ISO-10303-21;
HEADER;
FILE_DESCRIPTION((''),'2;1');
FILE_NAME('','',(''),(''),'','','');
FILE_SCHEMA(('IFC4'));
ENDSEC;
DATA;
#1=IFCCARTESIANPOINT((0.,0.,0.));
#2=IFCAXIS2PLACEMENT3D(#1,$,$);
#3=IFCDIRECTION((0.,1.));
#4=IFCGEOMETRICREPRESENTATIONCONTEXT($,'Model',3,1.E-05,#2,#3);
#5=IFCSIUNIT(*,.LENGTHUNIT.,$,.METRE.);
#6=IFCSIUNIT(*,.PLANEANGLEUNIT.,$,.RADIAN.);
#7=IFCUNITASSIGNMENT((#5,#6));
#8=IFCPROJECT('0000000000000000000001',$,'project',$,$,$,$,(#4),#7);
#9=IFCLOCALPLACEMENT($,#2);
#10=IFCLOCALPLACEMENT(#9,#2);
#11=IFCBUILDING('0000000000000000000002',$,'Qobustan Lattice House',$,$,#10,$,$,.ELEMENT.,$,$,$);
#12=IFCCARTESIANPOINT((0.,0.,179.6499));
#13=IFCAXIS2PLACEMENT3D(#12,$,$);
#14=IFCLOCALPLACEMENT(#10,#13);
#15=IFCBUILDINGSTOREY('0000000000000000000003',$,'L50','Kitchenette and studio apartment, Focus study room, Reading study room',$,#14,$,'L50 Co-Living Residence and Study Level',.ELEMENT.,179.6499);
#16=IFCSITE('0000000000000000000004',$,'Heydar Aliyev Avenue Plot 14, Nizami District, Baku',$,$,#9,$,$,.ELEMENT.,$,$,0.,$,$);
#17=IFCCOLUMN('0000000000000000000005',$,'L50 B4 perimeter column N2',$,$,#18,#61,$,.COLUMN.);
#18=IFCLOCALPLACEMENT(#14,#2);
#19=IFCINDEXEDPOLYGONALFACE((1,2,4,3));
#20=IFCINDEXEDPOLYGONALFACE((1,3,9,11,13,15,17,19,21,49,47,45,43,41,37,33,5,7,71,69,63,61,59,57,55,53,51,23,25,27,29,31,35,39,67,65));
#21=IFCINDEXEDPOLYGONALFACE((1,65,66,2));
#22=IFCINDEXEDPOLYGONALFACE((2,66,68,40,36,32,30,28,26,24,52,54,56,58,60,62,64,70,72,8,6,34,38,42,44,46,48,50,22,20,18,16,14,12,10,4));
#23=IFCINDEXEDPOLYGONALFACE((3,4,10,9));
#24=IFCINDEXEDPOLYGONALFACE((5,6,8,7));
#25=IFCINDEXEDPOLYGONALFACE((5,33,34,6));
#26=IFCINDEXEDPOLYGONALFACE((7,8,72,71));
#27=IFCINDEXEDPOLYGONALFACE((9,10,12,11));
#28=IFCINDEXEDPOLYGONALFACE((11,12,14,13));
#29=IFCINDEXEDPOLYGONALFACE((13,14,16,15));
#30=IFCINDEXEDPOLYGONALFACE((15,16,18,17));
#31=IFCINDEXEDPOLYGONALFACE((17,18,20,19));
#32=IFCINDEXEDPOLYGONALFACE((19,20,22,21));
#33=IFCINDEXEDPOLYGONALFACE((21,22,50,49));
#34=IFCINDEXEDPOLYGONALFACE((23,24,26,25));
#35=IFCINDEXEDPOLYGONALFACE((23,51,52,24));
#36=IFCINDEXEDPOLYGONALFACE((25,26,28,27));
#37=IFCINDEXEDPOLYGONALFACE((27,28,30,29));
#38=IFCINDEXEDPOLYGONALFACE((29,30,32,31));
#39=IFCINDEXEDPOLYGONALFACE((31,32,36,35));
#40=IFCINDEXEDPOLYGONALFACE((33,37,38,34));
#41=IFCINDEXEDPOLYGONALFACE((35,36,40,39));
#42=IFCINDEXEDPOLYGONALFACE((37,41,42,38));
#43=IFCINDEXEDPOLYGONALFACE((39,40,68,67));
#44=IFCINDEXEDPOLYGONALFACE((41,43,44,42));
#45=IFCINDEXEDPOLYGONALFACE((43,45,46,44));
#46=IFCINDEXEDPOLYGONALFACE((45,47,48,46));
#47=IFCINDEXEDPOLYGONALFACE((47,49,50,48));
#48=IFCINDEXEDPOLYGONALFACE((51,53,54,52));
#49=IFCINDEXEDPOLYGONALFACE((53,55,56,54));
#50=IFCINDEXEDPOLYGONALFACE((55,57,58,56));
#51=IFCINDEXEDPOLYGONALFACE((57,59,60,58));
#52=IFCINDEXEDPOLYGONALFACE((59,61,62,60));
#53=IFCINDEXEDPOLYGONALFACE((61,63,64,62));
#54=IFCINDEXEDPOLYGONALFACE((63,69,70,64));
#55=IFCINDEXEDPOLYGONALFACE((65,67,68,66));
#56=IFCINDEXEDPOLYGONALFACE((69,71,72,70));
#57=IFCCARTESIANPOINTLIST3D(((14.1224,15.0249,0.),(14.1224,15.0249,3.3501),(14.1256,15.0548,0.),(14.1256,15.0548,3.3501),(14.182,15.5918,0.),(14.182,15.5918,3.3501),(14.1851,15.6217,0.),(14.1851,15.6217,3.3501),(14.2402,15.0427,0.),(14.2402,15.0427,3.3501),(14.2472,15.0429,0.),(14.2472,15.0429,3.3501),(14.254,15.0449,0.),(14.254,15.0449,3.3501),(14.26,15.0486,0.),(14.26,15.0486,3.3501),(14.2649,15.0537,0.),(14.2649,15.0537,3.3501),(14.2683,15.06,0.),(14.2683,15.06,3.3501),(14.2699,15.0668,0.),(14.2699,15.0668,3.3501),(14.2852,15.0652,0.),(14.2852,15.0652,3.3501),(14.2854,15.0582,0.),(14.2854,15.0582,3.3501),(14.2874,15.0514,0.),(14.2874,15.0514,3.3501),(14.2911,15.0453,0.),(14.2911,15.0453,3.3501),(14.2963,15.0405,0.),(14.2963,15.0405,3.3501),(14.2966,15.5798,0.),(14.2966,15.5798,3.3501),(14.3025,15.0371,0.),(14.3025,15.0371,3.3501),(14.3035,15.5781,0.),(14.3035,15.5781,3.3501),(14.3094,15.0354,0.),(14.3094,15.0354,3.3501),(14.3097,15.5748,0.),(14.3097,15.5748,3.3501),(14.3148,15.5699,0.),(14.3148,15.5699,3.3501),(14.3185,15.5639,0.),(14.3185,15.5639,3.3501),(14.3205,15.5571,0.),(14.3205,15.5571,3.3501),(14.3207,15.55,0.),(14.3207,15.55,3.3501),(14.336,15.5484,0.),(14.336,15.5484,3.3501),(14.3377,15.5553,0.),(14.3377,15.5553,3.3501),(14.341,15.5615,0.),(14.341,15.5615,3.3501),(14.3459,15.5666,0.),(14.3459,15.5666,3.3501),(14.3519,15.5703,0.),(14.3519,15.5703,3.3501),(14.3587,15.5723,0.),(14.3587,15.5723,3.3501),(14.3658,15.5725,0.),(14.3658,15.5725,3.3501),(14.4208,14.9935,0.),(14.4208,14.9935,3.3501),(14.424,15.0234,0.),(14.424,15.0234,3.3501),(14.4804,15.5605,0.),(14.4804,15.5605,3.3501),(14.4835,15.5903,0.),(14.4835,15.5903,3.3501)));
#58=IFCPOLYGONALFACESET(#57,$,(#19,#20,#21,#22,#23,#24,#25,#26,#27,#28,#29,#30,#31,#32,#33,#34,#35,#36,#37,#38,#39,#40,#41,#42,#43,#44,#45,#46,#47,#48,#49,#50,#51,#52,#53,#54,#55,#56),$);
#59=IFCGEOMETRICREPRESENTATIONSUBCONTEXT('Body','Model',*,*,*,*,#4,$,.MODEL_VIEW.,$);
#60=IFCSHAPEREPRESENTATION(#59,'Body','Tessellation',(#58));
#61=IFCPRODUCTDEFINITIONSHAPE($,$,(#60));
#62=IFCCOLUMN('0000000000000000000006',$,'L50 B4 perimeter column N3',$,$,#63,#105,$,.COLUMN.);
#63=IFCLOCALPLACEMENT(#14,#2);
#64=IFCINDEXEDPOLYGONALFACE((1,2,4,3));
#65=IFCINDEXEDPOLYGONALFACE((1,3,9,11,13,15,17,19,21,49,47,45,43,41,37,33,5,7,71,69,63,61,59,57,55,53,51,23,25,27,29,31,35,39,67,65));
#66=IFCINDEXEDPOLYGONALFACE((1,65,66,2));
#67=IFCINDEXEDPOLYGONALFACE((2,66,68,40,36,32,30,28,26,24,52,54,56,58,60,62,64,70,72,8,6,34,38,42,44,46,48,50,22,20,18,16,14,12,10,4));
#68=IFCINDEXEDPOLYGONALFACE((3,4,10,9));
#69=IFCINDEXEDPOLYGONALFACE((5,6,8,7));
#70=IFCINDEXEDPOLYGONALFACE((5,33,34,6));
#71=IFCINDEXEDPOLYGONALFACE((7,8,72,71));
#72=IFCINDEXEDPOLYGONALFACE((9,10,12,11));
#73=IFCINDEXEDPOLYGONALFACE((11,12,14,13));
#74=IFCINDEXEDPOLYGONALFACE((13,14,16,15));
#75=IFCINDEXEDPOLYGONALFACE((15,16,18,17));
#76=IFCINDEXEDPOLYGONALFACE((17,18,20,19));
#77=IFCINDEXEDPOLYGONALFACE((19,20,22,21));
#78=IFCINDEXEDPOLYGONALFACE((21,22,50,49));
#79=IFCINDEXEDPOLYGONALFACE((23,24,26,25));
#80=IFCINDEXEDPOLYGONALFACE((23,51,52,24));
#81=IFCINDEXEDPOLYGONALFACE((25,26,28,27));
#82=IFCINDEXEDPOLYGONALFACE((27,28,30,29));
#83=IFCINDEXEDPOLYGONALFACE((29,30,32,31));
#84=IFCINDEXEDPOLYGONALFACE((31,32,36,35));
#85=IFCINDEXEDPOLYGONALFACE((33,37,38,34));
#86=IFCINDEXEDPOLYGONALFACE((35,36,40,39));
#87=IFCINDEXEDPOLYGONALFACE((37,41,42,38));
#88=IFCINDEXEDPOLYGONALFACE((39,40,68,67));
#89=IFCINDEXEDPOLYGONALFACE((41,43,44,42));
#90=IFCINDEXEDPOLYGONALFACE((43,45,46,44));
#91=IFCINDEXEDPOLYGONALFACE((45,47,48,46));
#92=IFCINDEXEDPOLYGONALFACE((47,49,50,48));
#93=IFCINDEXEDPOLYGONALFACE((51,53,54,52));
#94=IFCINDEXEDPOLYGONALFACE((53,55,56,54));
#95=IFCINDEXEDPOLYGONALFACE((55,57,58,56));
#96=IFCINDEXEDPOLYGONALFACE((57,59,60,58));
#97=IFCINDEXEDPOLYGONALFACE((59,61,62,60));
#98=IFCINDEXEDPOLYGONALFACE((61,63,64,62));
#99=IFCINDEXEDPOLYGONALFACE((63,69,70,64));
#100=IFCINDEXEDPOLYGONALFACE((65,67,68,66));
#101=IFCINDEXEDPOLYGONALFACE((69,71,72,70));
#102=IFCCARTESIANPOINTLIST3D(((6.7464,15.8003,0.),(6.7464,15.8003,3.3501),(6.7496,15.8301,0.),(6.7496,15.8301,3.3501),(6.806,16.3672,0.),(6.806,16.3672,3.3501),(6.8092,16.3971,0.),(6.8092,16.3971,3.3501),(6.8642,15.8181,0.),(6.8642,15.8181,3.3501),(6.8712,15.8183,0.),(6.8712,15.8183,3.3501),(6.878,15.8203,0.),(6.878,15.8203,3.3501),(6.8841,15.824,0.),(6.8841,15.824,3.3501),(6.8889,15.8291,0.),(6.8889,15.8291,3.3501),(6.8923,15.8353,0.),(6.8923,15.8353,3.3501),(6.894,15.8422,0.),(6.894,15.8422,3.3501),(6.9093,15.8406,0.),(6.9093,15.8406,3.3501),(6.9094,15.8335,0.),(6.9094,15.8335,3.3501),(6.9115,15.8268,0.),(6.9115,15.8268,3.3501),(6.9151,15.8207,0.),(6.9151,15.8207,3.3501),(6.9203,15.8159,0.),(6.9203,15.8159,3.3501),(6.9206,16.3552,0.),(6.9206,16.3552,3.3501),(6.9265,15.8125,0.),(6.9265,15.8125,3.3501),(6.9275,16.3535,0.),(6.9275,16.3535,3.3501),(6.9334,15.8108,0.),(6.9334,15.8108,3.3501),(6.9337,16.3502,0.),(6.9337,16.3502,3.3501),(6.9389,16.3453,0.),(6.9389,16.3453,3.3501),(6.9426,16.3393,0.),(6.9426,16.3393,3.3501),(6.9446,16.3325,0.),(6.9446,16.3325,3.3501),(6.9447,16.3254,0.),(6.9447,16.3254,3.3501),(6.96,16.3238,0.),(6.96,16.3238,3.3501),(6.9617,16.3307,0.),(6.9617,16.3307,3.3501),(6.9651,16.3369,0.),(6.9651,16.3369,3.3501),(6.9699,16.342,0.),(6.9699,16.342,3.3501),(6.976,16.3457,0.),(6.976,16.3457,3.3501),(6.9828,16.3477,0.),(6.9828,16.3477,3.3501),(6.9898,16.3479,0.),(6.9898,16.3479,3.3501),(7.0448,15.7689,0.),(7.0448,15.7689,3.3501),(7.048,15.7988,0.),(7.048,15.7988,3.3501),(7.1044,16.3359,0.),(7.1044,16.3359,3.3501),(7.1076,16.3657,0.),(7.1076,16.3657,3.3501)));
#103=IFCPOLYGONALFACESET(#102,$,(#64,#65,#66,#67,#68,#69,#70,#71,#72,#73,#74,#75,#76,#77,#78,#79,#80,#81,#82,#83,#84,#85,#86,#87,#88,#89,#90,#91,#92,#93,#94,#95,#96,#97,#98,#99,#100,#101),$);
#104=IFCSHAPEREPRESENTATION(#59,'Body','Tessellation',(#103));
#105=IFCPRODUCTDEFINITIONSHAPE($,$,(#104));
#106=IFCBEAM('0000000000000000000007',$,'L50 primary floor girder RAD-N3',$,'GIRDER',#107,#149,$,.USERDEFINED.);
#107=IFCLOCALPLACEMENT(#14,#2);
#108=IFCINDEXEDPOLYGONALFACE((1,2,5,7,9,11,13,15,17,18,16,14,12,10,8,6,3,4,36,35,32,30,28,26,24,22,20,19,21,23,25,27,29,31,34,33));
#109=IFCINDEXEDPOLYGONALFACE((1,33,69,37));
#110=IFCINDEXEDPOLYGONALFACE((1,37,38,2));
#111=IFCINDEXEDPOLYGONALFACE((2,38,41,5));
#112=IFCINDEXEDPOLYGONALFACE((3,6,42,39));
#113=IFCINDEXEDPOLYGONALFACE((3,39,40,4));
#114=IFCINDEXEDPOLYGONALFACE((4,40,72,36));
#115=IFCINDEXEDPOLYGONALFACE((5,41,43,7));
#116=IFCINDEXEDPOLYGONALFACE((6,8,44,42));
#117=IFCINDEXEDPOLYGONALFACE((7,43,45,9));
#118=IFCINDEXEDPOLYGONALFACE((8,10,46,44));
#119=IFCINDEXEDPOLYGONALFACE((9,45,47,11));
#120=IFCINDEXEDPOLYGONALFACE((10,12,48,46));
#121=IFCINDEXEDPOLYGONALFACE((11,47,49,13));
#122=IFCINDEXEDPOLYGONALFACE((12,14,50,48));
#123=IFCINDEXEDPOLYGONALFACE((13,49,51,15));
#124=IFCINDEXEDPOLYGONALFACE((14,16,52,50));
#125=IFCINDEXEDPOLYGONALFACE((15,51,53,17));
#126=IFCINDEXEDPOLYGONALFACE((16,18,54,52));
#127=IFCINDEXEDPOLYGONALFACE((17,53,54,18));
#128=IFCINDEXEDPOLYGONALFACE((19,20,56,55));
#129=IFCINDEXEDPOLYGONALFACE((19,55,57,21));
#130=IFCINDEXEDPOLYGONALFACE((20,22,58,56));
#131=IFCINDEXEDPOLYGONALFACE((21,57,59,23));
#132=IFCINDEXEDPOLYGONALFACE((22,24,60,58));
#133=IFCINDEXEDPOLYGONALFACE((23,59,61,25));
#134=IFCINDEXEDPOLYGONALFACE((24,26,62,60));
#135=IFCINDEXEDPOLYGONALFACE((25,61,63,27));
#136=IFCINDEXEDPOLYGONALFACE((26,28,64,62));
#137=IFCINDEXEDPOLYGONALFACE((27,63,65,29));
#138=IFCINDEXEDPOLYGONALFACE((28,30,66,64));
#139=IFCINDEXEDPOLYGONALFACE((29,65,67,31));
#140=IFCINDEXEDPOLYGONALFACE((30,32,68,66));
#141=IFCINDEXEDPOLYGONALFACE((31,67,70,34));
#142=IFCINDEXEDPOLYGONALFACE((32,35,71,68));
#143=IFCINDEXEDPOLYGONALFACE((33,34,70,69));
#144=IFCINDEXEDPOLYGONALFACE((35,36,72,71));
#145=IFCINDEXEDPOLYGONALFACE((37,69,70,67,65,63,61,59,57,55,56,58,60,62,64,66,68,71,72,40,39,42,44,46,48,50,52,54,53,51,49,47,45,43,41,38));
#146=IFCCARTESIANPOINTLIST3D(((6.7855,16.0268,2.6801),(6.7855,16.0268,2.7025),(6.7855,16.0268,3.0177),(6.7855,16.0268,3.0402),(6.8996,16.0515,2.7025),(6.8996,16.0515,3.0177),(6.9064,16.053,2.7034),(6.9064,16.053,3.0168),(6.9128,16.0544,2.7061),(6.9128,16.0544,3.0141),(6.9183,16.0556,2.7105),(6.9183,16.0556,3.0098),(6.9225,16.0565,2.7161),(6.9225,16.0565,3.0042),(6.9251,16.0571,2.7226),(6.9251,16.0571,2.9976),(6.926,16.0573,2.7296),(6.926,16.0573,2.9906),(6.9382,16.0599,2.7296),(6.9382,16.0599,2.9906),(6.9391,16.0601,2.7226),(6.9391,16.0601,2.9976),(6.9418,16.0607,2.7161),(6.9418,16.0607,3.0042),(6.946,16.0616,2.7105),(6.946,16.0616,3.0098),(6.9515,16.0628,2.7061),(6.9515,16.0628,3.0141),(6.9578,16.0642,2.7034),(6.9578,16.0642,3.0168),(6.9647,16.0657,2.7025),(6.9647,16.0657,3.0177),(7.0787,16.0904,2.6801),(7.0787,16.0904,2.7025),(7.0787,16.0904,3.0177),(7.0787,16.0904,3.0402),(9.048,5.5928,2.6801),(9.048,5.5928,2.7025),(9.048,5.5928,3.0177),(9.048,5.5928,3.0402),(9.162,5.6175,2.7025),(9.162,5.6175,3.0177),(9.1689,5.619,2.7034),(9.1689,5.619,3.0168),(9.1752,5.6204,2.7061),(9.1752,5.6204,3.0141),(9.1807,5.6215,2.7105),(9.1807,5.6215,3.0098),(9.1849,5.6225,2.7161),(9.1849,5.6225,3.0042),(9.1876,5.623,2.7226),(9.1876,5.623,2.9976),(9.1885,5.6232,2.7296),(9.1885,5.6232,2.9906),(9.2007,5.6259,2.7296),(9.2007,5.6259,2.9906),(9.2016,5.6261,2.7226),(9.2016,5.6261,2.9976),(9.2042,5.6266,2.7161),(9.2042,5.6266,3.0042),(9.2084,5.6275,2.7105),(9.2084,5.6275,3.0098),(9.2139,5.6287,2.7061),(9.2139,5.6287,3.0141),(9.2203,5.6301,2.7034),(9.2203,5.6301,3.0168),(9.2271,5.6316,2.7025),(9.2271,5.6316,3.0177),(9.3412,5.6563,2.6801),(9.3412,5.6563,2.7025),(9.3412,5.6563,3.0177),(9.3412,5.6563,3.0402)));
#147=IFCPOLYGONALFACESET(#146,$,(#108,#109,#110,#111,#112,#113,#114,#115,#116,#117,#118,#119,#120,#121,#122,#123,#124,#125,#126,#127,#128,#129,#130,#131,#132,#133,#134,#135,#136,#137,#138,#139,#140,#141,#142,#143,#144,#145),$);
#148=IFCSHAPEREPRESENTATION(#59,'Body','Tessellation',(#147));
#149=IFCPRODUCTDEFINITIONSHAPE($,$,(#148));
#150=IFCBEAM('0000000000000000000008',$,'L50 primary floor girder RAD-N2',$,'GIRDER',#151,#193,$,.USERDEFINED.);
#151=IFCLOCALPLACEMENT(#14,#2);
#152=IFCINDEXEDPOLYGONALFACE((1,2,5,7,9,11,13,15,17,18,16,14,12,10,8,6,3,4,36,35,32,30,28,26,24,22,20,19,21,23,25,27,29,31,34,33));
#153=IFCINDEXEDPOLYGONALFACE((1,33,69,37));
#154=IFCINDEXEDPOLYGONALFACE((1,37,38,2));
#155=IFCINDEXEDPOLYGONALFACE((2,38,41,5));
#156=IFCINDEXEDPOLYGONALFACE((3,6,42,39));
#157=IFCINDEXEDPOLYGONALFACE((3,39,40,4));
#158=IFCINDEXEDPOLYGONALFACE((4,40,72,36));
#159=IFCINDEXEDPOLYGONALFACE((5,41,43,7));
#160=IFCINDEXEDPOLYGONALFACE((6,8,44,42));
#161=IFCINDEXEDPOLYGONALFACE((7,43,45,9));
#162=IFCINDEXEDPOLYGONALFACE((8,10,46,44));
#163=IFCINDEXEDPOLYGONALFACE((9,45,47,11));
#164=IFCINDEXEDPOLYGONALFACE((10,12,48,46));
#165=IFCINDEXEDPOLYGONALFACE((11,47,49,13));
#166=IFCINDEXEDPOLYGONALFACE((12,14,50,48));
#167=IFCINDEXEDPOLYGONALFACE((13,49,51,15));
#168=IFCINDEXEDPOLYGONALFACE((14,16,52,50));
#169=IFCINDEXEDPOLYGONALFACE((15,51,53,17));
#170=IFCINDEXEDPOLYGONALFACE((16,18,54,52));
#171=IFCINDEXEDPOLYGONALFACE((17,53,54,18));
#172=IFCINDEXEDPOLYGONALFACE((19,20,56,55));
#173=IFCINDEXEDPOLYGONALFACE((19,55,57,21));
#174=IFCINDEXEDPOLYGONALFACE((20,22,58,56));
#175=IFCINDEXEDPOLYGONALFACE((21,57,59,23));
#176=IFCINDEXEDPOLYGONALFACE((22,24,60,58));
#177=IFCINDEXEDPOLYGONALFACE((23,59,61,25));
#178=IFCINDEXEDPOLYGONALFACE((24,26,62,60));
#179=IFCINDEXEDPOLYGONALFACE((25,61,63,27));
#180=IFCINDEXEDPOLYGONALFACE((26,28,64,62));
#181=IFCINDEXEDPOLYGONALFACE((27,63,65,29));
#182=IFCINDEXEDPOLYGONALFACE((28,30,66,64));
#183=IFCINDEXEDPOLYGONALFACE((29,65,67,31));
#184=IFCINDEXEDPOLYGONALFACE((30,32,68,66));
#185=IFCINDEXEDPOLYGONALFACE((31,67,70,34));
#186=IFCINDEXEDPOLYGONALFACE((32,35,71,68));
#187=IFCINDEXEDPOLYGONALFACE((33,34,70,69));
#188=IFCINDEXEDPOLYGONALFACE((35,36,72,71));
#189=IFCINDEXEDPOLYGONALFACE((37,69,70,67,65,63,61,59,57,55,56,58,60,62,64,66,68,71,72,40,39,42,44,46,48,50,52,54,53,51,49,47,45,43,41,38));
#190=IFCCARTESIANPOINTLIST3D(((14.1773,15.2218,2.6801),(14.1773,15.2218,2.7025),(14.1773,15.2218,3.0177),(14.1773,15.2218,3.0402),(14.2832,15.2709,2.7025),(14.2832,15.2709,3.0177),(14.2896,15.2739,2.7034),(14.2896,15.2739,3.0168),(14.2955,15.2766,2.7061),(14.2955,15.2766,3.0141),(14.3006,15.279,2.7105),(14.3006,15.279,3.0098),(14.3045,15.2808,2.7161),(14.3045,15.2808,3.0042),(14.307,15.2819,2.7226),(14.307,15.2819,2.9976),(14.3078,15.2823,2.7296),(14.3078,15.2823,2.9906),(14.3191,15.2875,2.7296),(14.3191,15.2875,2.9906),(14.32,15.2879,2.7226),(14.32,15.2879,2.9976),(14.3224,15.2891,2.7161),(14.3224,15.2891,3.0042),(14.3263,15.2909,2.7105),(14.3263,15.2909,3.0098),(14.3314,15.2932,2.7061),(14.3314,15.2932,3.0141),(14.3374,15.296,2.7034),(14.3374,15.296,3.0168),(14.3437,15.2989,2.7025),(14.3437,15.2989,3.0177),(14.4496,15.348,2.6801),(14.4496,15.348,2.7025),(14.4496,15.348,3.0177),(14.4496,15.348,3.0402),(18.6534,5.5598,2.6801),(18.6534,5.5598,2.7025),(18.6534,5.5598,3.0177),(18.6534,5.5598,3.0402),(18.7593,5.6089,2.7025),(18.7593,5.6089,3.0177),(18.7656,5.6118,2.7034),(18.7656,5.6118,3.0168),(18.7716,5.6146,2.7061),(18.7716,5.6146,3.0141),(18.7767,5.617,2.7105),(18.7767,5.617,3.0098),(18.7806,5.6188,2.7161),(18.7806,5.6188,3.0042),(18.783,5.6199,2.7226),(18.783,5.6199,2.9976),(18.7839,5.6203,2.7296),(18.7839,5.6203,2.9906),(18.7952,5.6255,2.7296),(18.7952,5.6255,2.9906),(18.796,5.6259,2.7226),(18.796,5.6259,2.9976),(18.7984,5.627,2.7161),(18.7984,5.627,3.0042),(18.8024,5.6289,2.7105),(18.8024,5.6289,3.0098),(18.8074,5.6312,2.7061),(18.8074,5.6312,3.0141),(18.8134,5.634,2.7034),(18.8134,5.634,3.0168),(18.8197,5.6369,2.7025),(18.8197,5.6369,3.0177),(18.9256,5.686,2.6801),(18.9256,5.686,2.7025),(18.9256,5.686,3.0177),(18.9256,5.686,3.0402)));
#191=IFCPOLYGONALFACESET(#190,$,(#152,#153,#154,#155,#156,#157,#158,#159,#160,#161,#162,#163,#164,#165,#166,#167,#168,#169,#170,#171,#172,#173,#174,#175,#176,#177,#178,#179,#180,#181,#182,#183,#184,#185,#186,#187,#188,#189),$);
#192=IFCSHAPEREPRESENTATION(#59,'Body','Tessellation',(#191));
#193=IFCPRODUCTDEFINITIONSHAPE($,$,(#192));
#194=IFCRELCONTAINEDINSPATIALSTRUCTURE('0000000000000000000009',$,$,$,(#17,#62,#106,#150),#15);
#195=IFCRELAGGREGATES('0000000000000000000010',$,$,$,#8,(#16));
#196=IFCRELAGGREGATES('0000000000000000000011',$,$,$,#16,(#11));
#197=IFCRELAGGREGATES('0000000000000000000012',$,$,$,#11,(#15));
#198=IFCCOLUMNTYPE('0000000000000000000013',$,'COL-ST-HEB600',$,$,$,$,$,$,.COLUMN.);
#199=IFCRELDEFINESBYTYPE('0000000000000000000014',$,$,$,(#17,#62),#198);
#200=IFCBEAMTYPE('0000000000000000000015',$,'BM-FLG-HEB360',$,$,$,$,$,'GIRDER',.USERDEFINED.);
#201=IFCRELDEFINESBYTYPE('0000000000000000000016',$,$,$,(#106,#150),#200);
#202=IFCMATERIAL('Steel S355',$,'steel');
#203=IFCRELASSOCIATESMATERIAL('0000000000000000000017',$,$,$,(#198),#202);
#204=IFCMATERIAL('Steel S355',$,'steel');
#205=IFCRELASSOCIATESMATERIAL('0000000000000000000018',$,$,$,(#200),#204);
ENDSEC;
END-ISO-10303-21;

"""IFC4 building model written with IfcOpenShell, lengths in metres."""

from ifc_helpers import new_model, si_unit, direction, frame, origin, origin_2d, place, context, subcontext, project, spatial, i_section, extrude, material, material_profile, profile_set, type_object, element, save


model = new_model("IFC4")

# Units and contexts
model_context = context("Model", 3, precision=1e-05, world=origin(), true_north=direction((0.0, 1.0)))
body_context = subcontext(model_context, "Body", "Model", "MODEL_VIEW")
ifc_project = project(units=[si_unit("LENGTHUNIT", "METRE"), si_unit("PLANEANGLEUNIT", "RADIAN")], contexts=[model_context])

# Site, building, storey
site_placement = place(None, origin())
site = spatial("IfcSite", under=ifc_project, at=site_placement, Name="Heydar Aliyev Avenue Plot 14, Nizami District, Baku", CompositionType="ELEMENT", RefElevation=0.0)
building_placement = place(site_placement, origin())
building = spatial("IfcBuilding", under=site, at=building_placement, Name="Qobustan Lattice House", CompositionType="ELEMENT")
storey_placement = place(building_placement, frame((0.0, 0.0, 179.6499)))
storey = spatial("IfcBuildingStorey", under=building, at=storey_placement, Name="L50", Description="Kitchenette and studio apartment, Focus study room, Reading study room", LongName="L50 Co-Living Residence and Study Level", CompositionType="ELEMENT", Elevation=179.6499)

# Columns
ifc_material_1 = material(Name="Steel S355", Category="steel")
ifc_material_profile_1 = material_profile(ifc_material_1, i_section(OverallWidth=0.3, OverallDepth=0.6001, WebThickness=0.0154, FlangeThickness=0.03, FilletRadius=0.0271, at=origin_2d()), Name="HEB600")
ifc_profile_set_1 = profile_set([ifc_material_profile_1], Name="Steel S355")
column_type = type_object("IfcColumnType", Name="COL-ST-HEB600", PredefinedType="COLUMN", material=ifc_profile_set_1)
for number, where, z_axis, x_axis, name in (
    (1, (14.303, 15.3076, 0.0), (0.0, 0.0, 1.0), (0.994522, -0.104528, 0.0), "L50 B4 perimeter column N2"),
    (2, (6.927, 16.083, 0.0), (0.0, 0.0, 1.0), (0.994522, -0.104528, 0.0), "L50 B4 perimeter column N3"),
):
    element("IfcColumn", number, at=place(storey_placement, frame(where, z_axis=z_axis, x_axis=x_axis)), inside=storey, type_object=column_type, Name=name, PredefinedType="COLUMN", context=body_context, shape_type="SweptSolid", body=[
        extrude(i_section(OverallWidth=0.3, OverallDepth=0.6001, WebThickness=0.0154, FlangeThickness=0.03, FilletRadius=0.0271, at=origin_2d()), origin(), (0.0, 0.0, 1.0), 3.3501),
    ])

# Beams
ifc_material_2 = material(Name="Steel S355", Category="steel")
ifc_material_profile_2 = material_profile(ifc_material_2, i_section(OverallWidth=0.3, OverallDepth=0.3601, WebThickness=0.0125, FlangeThickness=0.0225, FilletRadius=0.0271, at=origin_2d()), Name="HEB360")
ifc_profile_set_2 = profile_set([ifc_material_profile_2], Name="Steel S355")
beam_type_1 = type_object("IfcBeamType", Name="BM-FLG-HEB360", ElementType="GIRDER", PredefinedType="USERDEFINED", material=ifc_profile_set_2)
beam_1_placement = place(storey_placement, frame((6.9321, 16.0586, 2.8601), z_axis=(0.211908, -0.97729, 0.0), x_axis=(0.97729, 0.211908, 0.0)))
element("IfcBeam", 3, at=beam_1_placement, inside=storey, type_object=beam_type_1, Name="L50 primary floor girder RAD-N3", ObjectType="GIRDER", PredefinedType="USERDEFINED", context=body_context, shape_type="SweptSolid", body=[
    extrude(i_section(OverallWidth=0.3, OverallDepth=0.3601, WebThickness=0.0125, FlangeThickness=0.0225, FilletRadius=0.0271, at=origin_2d()), origin(), (0.0, 0.0, 1.0), 10.6765),
])
beam_2_placement = place(storey_placement, frame((14.3135, 15.2849, 2.8601), z_axis=(0.420346, -0.907364, 0.0), x_axis=(0.907364, 0.420346, 0.0)))
element("IfcBeam", 4, at=beam_2_placement, inside=storey, type_object=beam_type_1, Name="L50 primary floor girder RAD-N2", ObjectType="GIRDER", PredefinedType="USERDEFINED", context=body_context, shape_type="SweptSolid", body=[
    extrude(i_section(OverallWidth=0.3, OverallDepth=0.3601, WebThickness=0.0125, FlangeThickness=0.0225, FilletRadius=0.0271, at=origin_2d()), origin(), (0.0, 0.0, 1.0), 10.6484),
])

save(model, "model.ifc")
